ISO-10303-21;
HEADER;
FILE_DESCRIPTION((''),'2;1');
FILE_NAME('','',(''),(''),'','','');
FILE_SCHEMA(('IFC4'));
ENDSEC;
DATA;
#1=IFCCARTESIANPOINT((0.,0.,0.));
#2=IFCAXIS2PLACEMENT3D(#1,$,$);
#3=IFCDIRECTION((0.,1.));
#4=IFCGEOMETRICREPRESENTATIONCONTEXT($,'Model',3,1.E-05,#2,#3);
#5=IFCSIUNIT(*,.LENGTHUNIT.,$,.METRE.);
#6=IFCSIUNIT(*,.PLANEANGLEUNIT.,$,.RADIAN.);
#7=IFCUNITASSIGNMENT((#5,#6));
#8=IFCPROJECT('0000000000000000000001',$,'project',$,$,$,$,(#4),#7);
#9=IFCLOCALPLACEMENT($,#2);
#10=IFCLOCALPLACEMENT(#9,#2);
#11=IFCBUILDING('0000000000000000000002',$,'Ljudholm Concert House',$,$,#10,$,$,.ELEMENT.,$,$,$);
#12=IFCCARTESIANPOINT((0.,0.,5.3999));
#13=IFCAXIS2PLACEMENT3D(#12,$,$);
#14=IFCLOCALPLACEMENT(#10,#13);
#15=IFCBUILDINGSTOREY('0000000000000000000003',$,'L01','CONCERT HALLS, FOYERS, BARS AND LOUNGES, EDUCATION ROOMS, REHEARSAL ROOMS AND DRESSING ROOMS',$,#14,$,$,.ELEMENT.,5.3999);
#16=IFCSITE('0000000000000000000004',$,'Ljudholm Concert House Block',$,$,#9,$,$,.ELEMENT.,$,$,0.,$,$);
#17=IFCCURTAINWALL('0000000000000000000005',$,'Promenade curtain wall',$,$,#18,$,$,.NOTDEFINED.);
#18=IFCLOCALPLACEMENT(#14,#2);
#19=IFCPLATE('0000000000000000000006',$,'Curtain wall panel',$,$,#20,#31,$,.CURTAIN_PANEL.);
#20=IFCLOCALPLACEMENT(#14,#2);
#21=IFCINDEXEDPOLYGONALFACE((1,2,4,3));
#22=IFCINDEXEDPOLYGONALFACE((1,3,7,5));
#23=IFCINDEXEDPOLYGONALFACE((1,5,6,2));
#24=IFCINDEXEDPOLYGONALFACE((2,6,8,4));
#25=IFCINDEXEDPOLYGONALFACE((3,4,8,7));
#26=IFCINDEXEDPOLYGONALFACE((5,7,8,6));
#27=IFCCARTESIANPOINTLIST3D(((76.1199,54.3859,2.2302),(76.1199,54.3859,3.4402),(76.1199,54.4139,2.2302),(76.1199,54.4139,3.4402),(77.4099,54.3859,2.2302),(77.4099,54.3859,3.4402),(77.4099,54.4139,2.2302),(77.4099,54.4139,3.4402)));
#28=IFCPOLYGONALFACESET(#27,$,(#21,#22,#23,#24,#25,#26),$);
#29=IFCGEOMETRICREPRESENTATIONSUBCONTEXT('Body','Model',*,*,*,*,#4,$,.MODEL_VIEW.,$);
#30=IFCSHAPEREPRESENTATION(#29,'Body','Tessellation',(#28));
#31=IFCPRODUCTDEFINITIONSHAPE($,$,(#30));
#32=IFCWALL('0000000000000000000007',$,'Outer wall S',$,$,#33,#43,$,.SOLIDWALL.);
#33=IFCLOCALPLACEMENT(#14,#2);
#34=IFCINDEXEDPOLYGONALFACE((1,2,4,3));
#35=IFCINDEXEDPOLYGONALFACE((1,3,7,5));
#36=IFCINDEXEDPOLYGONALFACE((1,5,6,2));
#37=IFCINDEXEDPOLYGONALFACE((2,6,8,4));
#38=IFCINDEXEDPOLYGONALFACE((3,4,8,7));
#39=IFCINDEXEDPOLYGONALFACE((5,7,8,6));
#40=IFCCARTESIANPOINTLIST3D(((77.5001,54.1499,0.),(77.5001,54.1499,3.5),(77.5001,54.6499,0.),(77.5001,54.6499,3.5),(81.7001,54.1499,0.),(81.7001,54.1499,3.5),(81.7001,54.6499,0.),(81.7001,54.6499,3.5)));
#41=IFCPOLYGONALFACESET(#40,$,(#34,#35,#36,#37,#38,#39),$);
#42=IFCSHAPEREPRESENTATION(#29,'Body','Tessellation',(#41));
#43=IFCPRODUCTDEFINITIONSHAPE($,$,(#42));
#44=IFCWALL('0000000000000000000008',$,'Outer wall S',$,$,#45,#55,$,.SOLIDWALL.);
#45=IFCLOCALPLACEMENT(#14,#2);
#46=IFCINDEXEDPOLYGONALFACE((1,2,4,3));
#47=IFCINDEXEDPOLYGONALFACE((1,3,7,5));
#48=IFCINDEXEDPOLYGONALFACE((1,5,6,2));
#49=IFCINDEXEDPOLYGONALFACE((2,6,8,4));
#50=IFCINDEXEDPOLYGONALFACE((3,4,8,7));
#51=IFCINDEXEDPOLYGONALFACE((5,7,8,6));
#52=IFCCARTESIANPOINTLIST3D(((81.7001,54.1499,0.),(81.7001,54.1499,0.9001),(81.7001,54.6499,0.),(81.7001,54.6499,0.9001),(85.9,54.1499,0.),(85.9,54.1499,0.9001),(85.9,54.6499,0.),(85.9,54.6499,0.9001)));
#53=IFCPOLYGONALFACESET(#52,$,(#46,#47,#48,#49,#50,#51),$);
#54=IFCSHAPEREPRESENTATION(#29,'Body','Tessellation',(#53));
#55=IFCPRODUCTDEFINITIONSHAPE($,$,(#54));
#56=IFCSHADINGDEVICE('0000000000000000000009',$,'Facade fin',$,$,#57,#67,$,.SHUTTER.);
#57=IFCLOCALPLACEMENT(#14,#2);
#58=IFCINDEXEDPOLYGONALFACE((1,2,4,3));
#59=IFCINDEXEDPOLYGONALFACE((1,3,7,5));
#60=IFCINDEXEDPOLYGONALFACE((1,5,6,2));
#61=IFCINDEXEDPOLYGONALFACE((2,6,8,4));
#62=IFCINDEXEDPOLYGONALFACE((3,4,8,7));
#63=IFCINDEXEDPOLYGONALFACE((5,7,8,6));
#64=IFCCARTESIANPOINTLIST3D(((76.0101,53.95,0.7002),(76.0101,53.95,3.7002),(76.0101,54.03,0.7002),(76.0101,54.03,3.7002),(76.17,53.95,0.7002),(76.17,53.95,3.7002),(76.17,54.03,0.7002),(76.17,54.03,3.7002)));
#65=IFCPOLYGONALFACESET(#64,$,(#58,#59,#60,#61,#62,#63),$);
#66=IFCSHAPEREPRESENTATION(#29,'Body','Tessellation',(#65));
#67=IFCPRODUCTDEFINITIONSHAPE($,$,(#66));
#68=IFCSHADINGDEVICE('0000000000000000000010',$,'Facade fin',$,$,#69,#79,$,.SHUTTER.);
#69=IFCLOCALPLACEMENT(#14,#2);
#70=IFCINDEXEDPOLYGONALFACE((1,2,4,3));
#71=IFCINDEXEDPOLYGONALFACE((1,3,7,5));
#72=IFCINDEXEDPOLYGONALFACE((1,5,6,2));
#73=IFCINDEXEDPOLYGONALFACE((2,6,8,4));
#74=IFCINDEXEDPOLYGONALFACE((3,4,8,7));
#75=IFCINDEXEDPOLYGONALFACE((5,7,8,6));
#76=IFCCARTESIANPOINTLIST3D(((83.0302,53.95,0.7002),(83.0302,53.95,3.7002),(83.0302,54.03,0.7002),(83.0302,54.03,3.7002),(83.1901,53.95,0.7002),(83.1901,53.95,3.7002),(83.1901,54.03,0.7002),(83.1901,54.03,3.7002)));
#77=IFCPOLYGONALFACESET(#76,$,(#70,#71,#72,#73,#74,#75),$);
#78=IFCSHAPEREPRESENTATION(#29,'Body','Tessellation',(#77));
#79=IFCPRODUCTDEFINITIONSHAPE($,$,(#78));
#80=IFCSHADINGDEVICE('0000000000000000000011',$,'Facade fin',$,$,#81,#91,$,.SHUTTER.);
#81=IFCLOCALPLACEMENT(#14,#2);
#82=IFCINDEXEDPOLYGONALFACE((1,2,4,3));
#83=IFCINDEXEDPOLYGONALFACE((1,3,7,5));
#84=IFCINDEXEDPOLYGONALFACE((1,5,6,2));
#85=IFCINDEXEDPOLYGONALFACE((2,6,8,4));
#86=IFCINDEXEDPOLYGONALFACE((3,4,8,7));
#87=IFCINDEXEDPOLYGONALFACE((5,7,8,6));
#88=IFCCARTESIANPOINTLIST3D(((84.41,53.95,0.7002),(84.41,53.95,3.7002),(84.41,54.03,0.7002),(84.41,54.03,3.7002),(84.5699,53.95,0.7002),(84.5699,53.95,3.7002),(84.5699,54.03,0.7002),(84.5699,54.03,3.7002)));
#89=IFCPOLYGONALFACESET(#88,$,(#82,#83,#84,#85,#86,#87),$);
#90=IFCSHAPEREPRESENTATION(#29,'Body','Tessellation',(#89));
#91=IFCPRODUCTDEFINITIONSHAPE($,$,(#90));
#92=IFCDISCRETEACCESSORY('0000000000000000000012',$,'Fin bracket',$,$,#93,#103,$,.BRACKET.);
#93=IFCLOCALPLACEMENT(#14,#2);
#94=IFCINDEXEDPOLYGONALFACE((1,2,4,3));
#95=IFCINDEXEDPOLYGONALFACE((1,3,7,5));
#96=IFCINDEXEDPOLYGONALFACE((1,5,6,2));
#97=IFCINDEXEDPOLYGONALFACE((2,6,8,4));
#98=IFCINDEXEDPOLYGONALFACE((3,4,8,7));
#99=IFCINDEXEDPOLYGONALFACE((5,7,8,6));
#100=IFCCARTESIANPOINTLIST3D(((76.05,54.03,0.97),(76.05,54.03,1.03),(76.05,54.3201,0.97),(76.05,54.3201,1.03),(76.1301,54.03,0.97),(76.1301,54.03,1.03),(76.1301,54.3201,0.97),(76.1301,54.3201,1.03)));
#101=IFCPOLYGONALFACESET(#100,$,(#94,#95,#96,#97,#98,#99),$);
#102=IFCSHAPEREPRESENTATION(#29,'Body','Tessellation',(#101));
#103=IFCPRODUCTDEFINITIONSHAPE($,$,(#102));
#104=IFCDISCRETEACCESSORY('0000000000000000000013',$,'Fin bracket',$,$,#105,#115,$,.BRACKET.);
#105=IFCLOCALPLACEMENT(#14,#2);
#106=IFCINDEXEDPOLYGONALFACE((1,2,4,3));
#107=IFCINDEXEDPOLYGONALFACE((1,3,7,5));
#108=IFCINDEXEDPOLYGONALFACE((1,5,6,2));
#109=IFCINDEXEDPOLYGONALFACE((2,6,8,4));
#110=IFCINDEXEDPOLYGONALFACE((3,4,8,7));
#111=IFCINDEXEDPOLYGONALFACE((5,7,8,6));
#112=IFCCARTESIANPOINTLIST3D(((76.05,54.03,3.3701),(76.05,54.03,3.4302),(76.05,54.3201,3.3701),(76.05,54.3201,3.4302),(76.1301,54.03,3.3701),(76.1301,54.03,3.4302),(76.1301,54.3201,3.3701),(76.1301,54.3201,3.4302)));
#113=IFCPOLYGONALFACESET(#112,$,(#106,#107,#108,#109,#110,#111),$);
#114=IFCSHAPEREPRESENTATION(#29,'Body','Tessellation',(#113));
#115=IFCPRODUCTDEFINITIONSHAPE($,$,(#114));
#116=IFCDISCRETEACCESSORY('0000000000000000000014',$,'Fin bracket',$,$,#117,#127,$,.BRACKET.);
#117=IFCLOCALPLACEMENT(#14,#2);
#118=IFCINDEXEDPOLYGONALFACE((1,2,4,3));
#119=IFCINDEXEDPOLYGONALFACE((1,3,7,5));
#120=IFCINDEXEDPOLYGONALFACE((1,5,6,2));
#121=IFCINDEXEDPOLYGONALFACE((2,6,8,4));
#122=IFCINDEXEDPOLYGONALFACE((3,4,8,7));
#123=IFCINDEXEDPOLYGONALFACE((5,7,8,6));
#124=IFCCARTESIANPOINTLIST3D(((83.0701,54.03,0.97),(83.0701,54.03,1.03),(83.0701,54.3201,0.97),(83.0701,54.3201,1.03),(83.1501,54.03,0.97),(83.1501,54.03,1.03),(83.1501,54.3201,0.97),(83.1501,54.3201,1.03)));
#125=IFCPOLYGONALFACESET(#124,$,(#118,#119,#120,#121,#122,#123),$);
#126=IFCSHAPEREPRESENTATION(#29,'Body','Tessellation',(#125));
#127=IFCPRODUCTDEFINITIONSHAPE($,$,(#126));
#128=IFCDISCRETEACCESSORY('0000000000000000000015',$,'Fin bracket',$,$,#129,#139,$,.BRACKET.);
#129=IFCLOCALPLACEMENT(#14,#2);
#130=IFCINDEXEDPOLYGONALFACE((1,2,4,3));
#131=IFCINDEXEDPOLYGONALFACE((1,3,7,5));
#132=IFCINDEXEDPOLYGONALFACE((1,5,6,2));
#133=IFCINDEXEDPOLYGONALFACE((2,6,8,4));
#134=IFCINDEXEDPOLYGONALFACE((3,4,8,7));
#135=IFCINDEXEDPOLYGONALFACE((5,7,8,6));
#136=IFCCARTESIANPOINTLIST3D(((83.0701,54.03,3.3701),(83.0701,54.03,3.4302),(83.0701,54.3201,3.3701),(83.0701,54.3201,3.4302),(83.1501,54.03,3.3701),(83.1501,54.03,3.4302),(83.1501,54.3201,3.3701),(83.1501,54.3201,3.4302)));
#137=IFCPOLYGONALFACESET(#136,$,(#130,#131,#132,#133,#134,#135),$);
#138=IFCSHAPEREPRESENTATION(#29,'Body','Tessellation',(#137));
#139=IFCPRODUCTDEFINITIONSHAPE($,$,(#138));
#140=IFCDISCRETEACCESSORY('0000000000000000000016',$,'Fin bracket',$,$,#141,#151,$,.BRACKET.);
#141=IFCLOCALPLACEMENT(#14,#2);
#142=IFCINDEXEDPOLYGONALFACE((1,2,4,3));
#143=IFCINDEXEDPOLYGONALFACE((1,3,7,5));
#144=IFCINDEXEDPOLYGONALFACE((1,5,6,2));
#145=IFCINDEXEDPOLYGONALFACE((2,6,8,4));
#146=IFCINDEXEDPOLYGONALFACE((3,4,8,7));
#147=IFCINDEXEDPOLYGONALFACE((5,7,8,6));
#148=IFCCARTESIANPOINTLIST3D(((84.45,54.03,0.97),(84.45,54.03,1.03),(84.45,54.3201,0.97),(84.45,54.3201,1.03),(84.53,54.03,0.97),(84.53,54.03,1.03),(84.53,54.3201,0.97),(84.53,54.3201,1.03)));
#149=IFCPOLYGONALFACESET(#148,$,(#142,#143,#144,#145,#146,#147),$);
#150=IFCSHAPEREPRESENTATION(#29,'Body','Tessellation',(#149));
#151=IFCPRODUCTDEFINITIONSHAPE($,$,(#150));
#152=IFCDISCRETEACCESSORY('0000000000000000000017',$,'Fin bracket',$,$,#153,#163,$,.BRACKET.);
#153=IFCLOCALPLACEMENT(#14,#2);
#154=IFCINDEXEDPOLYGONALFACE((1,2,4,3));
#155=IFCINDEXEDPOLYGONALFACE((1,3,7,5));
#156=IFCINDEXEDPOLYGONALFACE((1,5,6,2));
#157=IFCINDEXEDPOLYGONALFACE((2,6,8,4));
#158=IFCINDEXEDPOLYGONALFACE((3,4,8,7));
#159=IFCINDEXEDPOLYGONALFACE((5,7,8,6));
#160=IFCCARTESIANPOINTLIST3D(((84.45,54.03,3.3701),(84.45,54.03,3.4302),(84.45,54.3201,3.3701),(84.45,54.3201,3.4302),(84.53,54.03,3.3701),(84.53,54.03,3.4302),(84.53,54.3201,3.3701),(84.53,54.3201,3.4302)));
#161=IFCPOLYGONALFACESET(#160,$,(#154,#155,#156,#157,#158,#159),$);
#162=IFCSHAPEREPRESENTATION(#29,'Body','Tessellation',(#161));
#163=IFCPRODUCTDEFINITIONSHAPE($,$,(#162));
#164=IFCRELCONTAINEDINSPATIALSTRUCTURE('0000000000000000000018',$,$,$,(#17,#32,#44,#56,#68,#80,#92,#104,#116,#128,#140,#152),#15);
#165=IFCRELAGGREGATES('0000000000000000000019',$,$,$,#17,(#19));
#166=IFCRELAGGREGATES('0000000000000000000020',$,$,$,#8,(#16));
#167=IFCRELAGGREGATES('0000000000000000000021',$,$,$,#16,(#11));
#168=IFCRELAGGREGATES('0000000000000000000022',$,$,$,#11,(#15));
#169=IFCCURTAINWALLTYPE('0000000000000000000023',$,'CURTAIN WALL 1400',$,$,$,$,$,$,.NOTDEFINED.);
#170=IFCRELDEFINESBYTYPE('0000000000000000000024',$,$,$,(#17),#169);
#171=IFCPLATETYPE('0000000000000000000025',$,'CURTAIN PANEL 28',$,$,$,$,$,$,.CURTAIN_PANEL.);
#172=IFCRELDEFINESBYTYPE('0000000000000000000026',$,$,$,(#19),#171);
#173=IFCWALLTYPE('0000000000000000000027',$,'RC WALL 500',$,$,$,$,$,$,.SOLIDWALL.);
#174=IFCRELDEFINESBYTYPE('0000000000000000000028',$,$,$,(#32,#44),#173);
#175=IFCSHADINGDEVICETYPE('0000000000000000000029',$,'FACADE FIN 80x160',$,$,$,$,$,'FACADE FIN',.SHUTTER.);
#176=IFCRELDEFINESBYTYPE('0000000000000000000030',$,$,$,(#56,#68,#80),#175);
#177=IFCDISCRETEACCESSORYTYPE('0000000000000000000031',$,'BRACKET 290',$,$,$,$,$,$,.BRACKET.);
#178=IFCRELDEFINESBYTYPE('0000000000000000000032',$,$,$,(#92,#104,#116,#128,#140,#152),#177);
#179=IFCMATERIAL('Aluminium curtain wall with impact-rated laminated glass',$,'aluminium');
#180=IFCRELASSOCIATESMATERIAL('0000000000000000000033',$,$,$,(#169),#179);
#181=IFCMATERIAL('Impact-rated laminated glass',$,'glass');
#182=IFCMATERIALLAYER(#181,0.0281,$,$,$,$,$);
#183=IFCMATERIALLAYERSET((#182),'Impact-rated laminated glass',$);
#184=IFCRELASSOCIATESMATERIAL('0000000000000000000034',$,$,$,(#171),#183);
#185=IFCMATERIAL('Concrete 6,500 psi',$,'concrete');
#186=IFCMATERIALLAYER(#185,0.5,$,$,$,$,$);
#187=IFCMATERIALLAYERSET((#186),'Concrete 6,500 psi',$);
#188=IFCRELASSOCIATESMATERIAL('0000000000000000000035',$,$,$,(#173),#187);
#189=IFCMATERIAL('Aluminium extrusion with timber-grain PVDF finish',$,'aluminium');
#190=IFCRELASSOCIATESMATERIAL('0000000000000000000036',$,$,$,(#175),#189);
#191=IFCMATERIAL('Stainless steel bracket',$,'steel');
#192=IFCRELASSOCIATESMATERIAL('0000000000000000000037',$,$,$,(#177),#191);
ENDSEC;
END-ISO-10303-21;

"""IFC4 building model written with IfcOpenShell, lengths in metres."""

from ifc_helpers import new_model, si_unit, direction, frame, frame_2d, origin, origin_2d, place, context, subcontext, project, spatial, rectangle, extrude, material, layer, layer_set, type_object, element, aggregate, save


model = new_model("IFC4")

# Units and contexts
model_context = context("Model", 3, precision=1e-05, world=origin(), true_north=direction((0.0, 1.0)))
body_context = subcontext(model_context, "Body", "Model", "MODEL_VIEW")
ifc_project = project(units=[si_unit("LENGTHUNIT", "METRE"), si_unit("PLANEANGLEUNIT", "RADIAN")], contexts=[model_context])

# Site, building, storey
site_placement = place(None, origin())
site = spatial("IfcSite", under=ifc_project, at=site_placement, Name="Ljudholm Concert House Block", CompositionType="ELEMENT", RefElevation=0.0)
building_placement = place(site_placement, origin())
building = spatial("IfcBuilding", under=site, at=building_placement, Name="Ljudholm Concert House", CompositionType="ELEMENT")
storey_placement = place(building_placement, frame((0.0, 0.0, 5.3999)))
storey = spatial("IfcBuildingStorey", under=building, at=storey_placement, Name="L01", Description="CONCERT HALLS, FOYERS, BARS AND LOUNGES, EDUCATION ROOMS, REHEARSAL ROOMS AND DRESSING ROOMS", CompositionType="ELEMENT", Elevation=5.3999)

# Curtain wall
ifc_material_1 = material(Name="Aluminium curtain wall with impact-rated laminated glass", Category="aluminium")
curtain_wall_type = type_object("IfcCurtainWallType", Name="CURTAIN WALL 1400", PredefinedType="NOTDEFINED", material=ifc_material_1)
curtain_wall_1_placement = place(storey_placement, origin())
curtain_wall_1 = element("IfcCurtainWall", 1, at=curtain_wall_1_placement, inside=storey, type_object=curtain_wall_type, Name="Promenade curtain wall", PredefinedType="NOTDEFINED")

# Plate
ifc_material_2 = material(Name="Impact-rated laminated glass", Category="glass")
ifc_layer_1 = layer(ifc_material_2, 0.0281)
ifc_layer_set_1 = layer_set([ifc_layer_1], Name="Impact-rated laminated glass")
plate_type = type_object("IfcPlateType", Name="CURTAIN PANEL 28", PredefinedType="CURTAIN_PANEL", material=ifc_layer_set_1)
plate_1_placement = place(storey_placement, frame((76.7649, 54.3999, 2.2302), z_axis=(0.0, 0.0, 1.0), x_axis=(1.0, 0.0, 0.0)))
plate_1 = element("IfcPlate", 2, at=plate_1_placement, type_object=plate_type, Name="Curtain wall panel", PredefinedType="CURTAIN_PANEL", context=body_context, shape_type="SweptSolid", body=[
    extrude(rectangle(XDim=1.29, YDim=0.0281, at=origin_2d()), origin(), (0.0, 0.0, 1.0), 1.21),
])
aggregate(curtain_wall_1, [plate_1])

# Walls
ifc_material_3 = material(Name="Concrete 6,500 psi", Category="concrete")
ifc_layer_2 = layer(ifc_material_3, 0.5)
ifc_layer_set_2 = layer_set([ifc_layer_2], Name="Concrete 6,500 psi")
wall_type = type_object("IfcWallType", Name="RC WALL 500", PredefinedType="SOLIDWALL", material=ifc_layer_set_2)
wall_1_placement = place(storey_placement, frame((77.5, 54.3999, 0.0), z_axis=(0.0, 0.0, 1.0), x_axis=(1.0, 0.0, 0.0)))
element("IfcWall", 3, at=wall_1_placement, inside=storey, type_object=wall_type, Name="Outer wall S", PredefinedType="SOLIDWALL", context=body_context, shape_type="SweptSolid", body=[
    extrude(rectangle(XDim=4.2, YDim=0.5, at=frame_2d((2.1001, 0.0))), origin(), (0.0, 0.0, 1.0), 3.5),
])
wall_2_placement = place(storey_placement, frame((81.7, 54.3999, 0.0), z_axis=(0.0, 0.0, 1.0), x_axis=(1.0, 0.0, 0.0)))
element("IfcWall", 4, at=wall_2_placement, inside=storey, type_object=wall_type, Name="Outer wall S", PredefinedType="SOLIDWALL", context=body_context, shape_type="SweptSolid", body=[
    extrude(rectangle(XDim=4.2, YDim=0.5, at=frame_2d((2.1001, 0.0))), origin(), (0.0, 0.0, 1.0), 0.9001),
])

# Shading devices
ifc_material_4 = material(Name="Aluminium extrusion with timber-grain PVDF finish", Category="aluminium")
shading_device_type = type_object("IfcShadingDeviceType", Name="FACADE FIN 80x160", ElementType="FACADE FIN", PredefinedType="SHUTTER", material=ifc_material_4)
for number, where, z_axis, x_axis, name in (
    (5, (76.0901, 53.99, 0.7002), (0.0, 0.0, 1.0), (0.0, -1.0, 0.0), "Facade fin"),
    (6, (83.1101, 53.99, 0.7002), (0.0, 0.0, 1.0), (0.0, -1.0, 0.0), "Facade fin"),
    (7, (84.49, 53.99, 0.7002), (0.0, 0.0, 1.0), (0.0, -1.0, 0.0), "Facade fin"),
):
    element("IfcShadingDevice", number, at=place(storey_placement, frame(where, z_axis=z_axis, x_axis=x_axis)), inside=storey, type_object=shading_device_type, Name=name, PredefinedType="SHUTTER", context=body_context, shape_type="SweptSolid", body=[
        extrude(rectangle(XDim=0.0801, YDim=0.1599, at=origin_2d()), origin(), (0.0, 0.0, 1.0), 3.0),
    ])

# Discrete accessories
ifc_material_5 = material(Name="Stainless steel bracket", Category="steel")
discrete_accessory_type = type_object("IfcDiscreteAccessoryType", Name="BRACKET 290", PredefinedType="BRACKET", material=ifc_material_5)
for number, where, z_axis, x_axis, name in (
    (8, (76.0901, 54.175, 0.97), (0.0, 0.0, 1.0), (0.0, -1.0, 0.0), "Fin bracket"),
    (9, (76.0901, 54.175, 3.3701), (0.0, 0.0, 1.0), (0.0, -1.0, 0.0), "Fin bracket"),
    (10, (83.1101, 54.175, 0.97), (0.0, 0.0, 1.0), (0.0, -1.0, 0.0), "Fin bracket"),
    (11, (83.1101, 54.175, 3.3701), (0.0, 0.0, 1.0), (0.0, -1.0, 0.0), "Fin bracket"),
    (12, (84.49, 54.175, 0.97), (0.0, 0.0, 1.0), (0.0, -1.0, 0.0), "Fin bracket"),
    (13, (84.49, 54.175, 3.3701), (0.0, 0.0, 1.0), (0.0, -1.0, 0.0), "Fin bracket"),
):
    element("IfcDiscreteAccessory", number, at=place(storey_placement, frame(where, z_axis=z_axis, x_axis=x_axis)), inside=storey, type_object=discrete_accessory_type, Name=name, PredefinedType="BRACKET", context=body_context, shape_type="SweptSolid", body=[
        extrude(rectangle(XDim=0.29, YDim=0.0801, at=origin_2d()), origin(), (0.0, 0.0, 1.0), 0.0601),
    ])

save(model, "model.ifc")
